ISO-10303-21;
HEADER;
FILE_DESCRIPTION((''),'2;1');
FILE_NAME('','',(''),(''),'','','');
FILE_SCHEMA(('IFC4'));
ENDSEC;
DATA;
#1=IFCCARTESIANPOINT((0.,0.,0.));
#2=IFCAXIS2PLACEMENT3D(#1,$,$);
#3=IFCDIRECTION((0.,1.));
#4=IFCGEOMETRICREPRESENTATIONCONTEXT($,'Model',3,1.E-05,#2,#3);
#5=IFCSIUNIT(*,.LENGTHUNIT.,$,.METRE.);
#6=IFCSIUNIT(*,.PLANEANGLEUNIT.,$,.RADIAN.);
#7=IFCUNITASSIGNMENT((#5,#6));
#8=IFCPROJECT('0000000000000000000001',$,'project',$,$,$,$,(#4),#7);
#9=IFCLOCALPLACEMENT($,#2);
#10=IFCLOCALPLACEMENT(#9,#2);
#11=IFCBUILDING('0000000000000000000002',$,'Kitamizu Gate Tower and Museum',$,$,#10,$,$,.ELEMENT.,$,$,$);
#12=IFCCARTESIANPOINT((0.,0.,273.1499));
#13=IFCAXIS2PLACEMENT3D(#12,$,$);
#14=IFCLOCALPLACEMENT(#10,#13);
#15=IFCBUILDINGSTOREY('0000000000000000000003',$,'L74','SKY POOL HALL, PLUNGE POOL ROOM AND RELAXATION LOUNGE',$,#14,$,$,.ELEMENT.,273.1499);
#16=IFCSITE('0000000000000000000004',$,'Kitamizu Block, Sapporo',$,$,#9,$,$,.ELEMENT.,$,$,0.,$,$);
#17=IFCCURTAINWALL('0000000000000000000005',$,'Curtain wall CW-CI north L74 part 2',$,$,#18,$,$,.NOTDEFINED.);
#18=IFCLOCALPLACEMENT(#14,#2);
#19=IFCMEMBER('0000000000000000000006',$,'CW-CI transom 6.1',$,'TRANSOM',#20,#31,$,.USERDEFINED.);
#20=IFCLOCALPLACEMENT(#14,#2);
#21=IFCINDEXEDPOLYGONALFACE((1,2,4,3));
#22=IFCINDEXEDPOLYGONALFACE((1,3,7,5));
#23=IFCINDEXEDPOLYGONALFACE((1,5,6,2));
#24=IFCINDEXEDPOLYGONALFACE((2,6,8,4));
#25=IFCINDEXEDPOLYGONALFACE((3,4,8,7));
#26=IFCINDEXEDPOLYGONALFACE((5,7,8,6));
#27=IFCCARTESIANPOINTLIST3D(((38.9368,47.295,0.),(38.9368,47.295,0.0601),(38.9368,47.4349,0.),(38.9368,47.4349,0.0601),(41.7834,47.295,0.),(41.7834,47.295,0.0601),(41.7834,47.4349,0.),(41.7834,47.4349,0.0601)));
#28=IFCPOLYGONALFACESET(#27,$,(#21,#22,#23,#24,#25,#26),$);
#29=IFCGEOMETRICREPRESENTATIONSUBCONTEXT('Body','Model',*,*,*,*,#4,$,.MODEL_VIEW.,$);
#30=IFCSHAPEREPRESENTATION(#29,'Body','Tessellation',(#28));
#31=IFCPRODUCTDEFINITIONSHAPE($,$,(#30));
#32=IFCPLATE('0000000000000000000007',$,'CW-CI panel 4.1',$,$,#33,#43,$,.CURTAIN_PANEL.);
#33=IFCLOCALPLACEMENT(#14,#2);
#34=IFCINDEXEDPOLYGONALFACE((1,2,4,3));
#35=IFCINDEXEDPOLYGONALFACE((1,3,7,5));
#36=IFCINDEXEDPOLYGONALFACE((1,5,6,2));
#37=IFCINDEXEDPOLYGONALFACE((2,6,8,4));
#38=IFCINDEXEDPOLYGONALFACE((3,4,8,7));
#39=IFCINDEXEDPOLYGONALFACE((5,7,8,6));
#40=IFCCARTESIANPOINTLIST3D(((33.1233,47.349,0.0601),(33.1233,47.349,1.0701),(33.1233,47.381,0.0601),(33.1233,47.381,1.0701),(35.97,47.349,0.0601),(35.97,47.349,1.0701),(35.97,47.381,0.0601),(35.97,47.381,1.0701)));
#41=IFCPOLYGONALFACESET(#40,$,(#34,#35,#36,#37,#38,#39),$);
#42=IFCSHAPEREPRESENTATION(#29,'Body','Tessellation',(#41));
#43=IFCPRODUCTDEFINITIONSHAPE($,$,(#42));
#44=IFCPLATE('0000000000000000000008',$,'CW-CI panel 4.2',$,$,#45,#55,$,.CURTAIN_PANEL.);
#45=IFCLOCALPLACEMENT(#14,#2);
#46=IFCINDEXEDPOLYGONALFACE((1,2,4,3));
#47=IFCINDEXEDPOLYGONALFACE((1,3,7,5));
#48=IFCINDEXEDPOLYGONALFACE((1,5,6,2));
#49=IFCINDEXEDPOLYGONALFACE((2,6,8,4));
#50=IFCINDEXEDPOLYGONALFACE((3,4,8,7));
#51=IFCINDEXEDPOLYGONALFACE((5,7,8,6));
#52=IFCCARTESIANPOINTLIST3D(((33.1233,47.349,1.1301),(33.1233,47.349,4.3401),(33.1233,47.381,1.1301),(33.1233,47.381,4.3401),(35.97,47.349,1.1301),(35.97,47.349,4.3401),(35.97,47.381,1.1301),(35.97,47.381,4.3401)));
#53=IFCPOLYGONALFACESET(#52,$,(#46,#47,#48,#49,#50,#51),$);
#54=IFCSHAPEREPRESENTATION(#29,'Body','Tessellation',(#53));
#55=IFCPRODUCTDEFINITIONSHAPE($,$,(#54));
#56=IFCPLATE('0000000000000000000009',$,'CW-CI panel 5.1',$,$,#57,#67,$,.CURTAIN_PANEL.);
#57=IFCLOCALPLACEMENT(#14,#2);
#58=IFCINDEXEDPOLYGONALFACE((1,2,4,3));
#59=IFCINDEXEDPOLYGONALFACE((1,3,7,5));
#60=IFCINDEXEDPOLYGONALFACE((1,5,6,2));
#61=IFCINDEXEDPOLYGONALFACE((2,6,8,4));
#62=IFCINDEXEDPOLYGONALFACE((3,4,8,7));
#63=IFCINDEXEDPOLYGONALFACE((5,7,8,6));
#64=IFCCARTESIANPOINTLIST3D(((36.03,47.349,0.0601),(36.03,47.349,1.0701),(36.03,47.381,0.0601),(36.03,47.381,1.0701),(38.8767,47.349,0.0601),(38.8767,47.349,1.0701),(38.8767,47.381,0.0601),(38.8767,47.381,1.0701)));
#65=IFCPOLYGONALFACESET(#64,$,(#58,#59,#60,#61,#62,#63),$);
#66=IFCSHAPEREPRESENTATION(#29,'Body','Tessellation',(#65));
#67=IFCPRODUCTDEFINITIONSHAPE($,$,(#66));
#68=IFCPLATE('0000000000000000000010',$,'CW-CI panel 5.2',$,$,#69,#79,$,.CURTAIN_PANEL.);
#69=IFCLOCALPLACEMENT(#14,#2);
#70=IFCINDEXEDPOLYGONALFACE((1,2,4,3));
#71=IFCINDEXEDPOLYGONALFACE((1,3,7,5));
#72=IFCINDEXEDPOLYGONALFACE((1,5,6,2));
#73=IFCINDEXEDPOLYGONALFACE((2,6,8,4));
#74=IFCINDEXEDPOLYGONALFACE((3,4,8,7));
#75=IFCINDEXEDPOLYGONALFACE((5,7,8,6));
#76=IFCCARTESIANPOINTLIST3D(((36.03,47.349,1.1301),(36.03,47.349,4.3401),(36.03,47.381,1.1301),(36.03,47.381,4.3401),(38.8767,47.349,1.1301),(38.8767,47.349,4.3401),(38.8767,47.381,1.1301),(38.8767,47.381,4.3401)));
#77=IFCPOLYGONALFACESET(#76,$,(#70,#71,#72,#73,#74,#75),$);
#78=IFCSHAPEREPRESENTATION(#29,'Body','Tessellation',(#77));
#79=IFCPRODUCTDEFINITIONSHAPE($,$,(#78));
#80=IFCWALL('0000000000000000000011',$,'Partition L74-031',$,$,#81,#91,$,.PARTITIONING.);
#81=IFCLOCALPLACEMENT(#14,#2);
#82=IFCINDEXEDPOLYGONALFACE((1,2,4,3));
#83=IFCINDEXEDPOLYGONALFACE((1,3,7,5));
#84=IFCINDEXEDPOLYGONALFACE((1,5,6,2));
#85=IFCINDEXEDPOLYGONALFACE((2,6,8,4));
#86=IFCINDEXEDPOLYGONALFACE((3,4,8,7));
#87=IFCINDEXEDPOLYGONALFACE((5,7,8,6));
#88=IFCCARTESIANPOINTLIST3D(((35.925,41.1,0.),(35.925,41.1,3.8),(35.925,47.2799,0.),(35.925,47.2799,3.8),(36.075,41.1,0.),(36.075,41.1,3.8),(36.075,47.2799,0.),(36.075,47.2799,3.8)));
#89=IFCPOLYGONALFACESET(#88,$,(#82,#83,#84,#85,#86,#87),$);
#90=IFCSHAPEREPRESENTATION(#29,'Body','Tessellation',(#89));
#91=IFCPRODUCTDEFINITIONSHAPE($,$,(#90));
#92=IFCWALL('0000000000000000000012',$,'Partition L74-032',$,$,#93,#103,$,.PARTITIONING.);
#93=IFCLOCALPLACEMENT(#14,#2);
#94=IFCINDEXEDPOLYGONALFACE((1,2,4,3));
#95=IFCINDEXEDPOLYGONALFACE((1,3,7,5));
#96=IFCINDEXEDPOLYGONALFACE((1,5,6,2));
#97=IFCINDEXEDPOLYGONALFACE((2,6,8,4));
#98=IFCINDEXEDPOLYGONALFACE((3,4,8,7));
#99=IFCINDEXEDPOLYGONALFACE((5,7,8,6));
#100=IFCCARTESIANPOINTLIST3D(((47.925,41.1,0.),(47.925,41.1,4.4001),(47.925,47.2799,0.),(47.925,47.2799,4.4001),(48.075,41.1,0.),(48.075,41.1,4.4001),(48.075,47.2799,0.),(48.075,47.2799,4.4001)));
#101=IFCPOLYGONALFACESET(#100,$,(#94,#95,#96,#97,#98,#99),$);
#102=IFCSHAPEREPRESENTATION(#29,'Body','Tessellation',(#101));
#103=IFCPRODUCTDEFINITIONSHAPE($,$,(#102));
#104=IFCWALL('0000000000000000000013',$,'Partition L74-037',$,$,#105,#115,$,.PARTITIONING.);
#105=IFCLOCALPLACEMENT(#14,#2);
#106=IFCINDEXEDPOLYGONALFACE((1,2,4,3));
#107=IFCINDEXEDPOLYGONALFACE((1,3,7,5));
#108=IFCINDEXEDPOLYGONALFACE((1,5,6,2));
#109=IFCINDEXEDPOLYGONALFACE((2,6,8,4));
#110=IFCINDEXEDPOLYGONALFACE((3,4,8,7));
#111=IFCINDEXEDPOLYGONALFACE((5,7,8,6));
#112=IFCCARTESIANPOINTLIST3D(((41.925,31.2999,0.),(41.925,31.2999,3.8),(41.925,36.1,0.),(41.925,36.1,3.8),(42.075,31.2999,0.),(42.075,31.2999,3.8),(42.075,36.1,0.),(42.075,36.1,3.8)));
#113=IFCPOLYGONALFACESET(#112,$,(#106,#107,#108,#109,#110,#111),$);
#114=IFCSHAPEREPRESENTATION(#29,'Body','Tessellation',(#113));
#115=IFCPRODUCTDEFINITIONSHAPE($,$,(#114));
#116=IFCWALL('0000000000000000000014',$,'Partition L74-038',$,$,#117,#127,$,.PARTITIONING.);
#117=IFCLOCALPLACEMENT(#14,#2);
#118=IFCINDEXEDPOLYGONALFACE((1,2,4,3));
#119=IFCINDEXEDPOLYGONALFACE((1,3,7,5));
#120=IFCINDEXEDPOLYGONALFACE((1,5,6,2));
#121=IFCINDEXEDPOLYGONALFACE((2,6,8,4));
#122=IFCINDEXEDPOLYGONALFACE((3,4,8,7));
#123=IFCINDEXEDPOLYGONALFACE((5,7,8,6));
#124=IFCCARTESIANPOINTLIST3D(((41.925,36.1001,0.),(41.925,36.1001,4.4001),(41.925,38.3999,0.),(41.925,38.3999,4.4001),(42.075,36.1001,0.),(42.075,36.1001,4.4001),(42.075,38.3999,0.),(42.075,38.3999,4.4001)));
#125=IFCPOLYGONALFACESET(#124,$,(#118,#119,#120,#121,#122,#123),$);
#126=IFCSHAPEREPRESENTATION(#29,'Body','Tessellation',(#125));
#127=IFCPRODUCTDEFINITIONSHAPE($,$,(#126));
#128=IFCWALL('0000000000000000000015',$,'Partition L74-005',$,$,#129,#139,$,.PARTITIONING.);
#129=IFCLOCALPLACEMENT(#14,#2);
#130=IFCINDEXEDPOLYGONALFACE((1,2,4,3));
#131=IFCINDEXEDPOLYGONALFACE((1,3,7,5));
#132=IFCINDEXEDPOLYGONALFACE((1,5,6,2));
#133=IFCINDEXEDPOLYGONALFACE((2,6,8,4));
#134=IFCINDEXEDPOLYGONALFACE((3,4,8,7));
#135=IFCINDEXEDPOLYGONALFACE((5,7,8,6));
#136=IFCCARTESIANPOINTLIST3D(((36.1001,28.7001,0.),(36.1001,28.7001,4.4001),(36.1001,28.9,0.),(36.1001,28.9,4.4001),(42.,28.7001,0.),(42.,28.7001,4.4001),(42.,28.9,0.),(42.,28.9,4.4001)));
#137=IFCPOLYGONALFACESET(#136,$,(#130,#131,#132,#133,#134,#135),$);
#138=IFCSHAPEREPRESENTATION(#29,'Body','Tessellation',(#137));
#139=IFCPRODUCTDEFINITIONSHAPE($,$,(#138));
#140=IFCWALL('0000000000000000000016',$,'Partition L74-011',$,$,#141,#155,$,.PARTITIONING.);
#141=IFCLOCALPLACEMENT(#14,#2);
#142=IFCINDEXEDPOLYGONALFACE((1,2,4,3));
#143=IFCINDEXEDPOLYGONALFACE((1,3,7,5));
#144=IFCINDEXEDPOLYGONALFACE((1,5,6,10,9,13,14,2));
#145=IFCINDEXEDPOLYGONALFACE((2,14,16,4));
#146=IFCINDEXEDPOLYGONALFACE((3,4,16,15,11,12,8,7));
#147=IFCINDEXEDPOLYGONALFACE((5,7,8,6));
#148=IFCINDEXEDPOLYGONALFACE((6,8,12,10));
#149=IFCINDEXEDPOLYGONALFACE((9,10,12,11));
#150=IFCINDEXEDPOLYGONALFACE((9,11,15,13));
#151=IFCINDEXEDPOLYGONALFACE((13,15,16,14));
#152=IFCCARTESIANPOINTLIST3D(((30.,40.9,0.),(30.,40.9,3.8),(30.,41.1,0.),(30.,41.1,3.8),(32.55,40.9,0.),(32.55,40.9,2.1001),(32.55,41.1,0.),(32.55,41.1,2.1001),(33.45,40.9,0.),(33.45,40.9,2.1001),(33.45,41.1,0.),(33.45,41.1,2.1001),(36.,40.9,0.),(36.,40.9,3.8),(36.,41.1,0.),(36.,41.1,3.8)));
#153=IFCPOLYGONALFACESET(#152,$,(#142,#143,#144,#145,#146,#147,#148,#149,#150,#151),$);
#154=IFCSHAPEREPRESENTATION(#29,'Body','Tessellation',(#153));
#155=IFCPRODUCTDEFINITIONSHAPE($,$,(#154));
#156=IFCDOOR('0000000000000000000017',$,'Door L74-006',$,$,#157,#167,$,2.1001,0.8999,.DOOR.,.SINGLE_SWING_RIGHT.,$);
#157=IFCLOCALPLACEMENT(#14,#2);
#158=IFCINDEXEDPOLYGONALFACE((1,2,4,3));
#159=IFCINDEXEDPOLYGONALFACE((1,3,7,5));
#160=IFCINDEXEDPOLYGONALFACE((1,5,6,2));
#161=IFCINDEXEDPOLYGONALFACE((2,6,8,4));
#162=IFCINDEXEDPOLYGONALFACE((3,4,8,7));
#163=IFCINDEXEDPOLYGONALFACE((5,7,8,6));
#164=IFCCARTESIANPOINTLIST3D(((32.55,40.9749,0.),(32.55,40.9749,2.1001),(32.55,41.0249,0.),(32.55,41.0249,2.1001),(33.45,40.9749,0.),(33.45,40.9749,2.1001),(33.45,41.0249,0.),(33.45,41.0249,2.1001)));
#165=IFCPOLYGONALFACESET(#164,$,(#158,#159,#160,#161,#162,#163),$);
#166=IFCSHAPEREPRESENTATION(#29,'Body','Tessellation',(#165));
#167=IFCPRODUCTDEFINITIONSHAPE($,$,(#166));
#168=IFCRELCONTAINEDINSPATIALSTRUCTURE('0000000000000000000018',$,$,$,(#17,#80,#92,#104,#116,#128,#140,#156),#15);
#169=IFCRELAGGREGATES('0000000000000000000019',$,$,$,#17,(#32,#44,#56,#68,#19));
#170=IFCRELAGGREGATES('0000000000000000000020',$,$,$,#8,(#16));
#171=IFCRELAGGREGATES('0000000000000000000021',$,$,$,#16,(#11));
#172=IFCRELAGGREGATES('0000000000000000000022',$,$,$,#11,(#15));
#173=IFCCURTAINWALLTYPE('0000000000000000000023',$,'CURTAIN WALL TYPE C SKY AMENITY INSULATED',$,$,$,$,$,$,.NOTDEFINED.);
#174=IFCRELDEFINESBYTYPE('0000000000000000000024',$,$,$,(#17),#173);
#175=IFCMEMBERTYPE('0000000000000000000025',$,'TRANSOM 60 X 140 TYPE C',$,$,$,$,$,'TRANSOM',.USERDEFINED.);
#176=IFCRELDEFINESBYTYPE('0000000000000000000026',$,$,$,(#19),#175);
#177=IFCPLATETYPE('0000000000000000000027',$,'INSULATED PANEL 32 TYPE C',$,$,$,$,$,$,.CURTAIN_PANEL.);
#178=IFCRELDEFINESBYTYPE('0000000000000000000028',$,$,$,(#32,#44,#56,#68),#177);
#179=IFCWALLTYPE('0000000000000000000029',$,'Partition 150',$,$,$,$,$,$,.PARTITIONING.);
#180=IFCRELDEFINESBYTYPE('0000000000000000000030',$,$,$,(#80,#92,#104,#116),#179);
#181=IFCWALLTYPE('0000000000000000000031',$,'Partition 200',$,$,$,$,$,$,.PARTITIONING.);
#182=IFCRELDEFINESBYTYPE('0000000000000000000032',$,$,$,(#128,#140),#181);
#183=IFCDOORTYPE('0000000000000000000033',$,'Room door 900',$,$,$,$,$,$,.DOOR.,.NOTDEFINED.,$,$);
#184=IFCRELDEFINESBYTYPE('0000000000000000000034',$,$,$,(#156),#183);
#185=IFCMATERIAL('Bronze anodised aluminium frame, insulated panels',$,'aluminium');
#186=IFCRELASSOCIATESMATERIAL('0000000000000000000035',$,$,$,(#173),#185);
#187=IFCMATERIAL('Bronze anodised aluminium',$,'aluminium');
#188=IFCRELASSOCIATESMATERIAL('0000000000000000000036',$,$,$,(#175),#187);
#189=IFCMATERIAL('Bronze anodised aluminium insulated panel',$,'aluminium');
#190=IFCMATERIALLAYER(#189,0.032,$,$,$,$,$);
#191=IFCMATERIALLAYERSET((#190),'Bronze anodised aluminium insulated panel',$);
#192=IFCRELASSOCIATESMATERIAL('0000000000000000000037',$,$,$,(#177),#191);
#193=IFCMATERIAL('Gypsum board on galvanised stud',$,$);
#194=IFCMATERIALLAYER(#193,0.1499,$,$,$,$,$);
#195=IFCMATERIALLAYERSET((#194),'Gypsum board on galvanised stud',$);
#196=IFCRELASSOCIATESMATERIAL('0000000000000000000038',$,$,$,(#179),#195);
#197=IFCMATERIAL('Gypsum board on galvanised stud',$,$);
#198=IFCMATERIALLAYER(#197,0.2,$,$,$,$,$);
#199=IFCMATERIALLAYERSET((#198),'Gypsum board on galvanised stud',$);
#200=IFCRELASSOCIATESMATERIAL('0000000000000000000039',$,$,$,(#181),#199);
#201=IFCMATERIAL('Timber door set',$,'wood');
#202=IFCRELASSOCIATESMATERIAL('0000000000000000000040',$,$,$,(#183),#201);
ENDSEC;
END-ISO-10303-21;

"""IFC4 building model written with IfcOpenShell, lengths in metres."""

from ifc_helpers import new_model, si_unit, direction, frame, frame_2d, origin, origin_2d, place, context, subcontext, project, spatial, rectangle, extrude, material, layer, layer_set, material_profile, profile_set, type_object, element, fill, aggregate, save


model = new_model("IFC4")

# Units and contexts
model_context = context("Model", 3, precision=1e-05, world=origin(), true_north=direction((0.0, 1.0)))
body_context = subcontext(model_context, "Body", "Model", "MODEL_VIEW")
ifc_project = project(units=[si_unit("LENGTHUNIT", "METRE"), si_unit("PLANEANGLEUNIT", "RADIAN")], contexts=[model_context])

# Site, building, storey
site_placement = place(None, origin())
site = spatial("IfcSite", under=ifc_project, at=site_placement, Name="Kitamizu Block, Sapporo", CompositionType="ELEMENT", RefElevation=0.0)
building_placement = place(site_placement, origin())
building = spatial("IfcBuilding", under=site, at=building_placement, Name="Kitamizu Gate Tower and Museum", CompositionType="ELEMENT")
storey_placement = place(building_placement, frame((0.0, 0.0, 273.1499)))
storey = spatial("IfcBuildingStorey", under=building, at=storey_placement, Name="L74", Description="SKY POOL HALL, PLUNGE POOL ROOM AND RELAXATION LOUNGE", CompositionType="ELEMENT", Elevation=273.1499)

# Curtain wall, member, plates
ifc_material_1 = material(Name="Bronze anodised aluminium frame, insulated panels", Category="aluminium")
curtain_wall_type = type_object("IfcCurtainWallType", Name="CURTAIN WALL TYPE C SKY AMENITY INSULATED", PredefinedType="NOTDEFINED", material=ifc_material_1)
curtain_wall_placement = place(storey_placement, origin())
curtain_wall = element("IfcCurtainWall", 1, at=curtain_wall_placement, inside=storey, type_object=curtain_wall_type, Name="Curtain wall CW-CI north L74 part 2", PredefinedType="NOTDEFINED")
ifc_material_2 = material(Name="Bronze anodised aluminium", Category="aluminium")
ifc_material_profile_1 = material_profile(ifc_material_2, rectangle(XDim=0.1399, YDim=0.0601, at=origin_2d()), Name="AL 60X140")
ifc_profile_set_1 = profile_set([ifc_material_profile_1], Name="Bronze anodised aluminium")
member_type_1 = type_object("IfcMemberType", Name="TRANSOM 60 X 140 TYPE C", ElementType="TRANSOM", PredefinedType="USERDEFINED", material=ifc_profile_set_1)
member_1_placement = place(storey_placement, frame((38.9368, 47.365, 0.03), z_axis=(1.0, 0.0, 0.0), x_axis=(0.0, 1.0, 0.0)))
member_1 = element("IfcMember", 2, at=member_1_placement, type_object=member_type_1, Name="CW-CI transom 6.1", ObjectType="TRANSOM", PredefinedType="USERDEFINED", context=body_context, shape_type="SweptSolid", body=[
    extrude(rectangle(XDim=0.1399, YDim=0.0601, at=origin_2d()), origin(), (0.0, 0.0, 1.0), 2.8467),
])
ifc_material_3 = material(Name="Bronze anodised aluminium insulated panel", Category="aluminium")
ifc_layer_1 = layer(ifc_material_3, 0.032)
ifc_layer_set_1 = layer_set([ifc_layer_1], Name="Bronze anodised aluminium insulated panel")
plate_type = type_object("IfcPlateType", Name="INSULATED PANEL 32 TYPE C", PredefinedType="CURTAIN_PANEL", material=ifc_layer_set_1)
plate_1_placement = place(storey_placement, frame((34.5466, 47.365, 0.0601), z_axis=(0.0, 0.0, 1.0), x_axis=(1.0, 0.0, 0.0)))
plate_1 = element("IfcPlate", 3, at=plate_1_placement, type_object=plate_type, Name="CW-CI panel 4.1", PredefinedType="CURTAIN_PANEL", context=body_context, shape_type="SweptSolid", body=[
    extrude(rectangle(XDim=2.8467, YDim=0.032, at=origin_2d()), origin(), (0.0, 0.0, 1.0), 1.01),
])
plate_2_placement = place(storey_placement, frame((34.5466, 47.365, 1.1301), z_axis=(0.0, 0.0, 1.0), x_axis=(1.0, 0.0, 0.0)))
plate_2 = element("IfcPlate", 4, at=plate_2_placement, type_object=plate_type, Name="CW-CI panel 4.2", PredefinedType="CURTAIN_PANEL", context=body_context, shape_type="SweptSolid", body=[
    extrude(rectangle(XDim=2.8467, YDim=0.032, at=origin_2d()), origin(), (0.0, 0.0, 1.0), 3.21),
])
plate_3_placement = place(storey_placement, frame((37.4534, 47.365, 0.0601), z_axis=(0.0, 0.0, 1.0), x_axis=(1.0, 0.0, 0.0)))
plate_3 = element("IfcPlate", 5, at=plate_3_placement, type_object=plate_type, Name="CW-CI panel 5.1", PredefinedType="CURTAIN_PANEL", context=body_context, shape_type="SweptSolid", body=[
    extrude(rectangle(XDim=2.8467, YDim=0.032, at=origin_2d()), origin(), (0.0, 0.0, 1.0), 1.01),
])
plate_4_placement = place(storey_placement, frame((37.4534, 47.365, 1.1301), z_axis=(0.0, 0.0, 1.0), x_axis=(1.0, 0.0, 0.0)))
plate_4 = element("IfcPlate", 6, at=plate_4_placement, type_object=plate_type, Name="CW-CI panel 5.2", PredefinedType="CURTAIN_PANEL", context=body_context, shape_type="SweptSolid", body=[
    extrude(rectangle(XDim=2.8467, YDim=0.032, at=origin_2d()), origin(), (0.0, 0.0, 1.0), 3.21),
])
aggregate(curtain_wall, [plate_1, plate_2, plate_3, plate_4, member_1])

# Walls
ifc_material_4 = material(Name="Gypsum board on galvanised stud")
ifc_layer_2 = layer(ifc_material_4, 0.1499)
ifc_layer_set_2 = layer_set([ifc_layer_2], Name="Gypsum board on galvanised stud")
wall_type_1 = type_object("IfcWallType", Name="Partition 150", PredefinedType="PARTITIONING", material=ifc_layer_set_2)
wall_1_placement = place(storey_placement, frame((36.0, 41.1001, 0.0), z_axis=(0.0, 0.0, 1.0), x_axis=(0.0, 1.0, 0.0)))
element("IfcWall", 7, at=wall_1_placement, inside=storey, type_object=wall_type_1, Name="Partition L74-031", PredefinedType="PARTITIONING", context=body_context, shape_type="SweptSolid", body=[
    extrude(rectangle(XDim=6.1799, YDim=0.1499, at=frame_2d((3.0898, 0.0))), origin(), (0.0, 0.0, 1.0), 3.8),
])
wall_2_placement = place(storey_placement, frame((48.0, 41.1001, 0.0), z_axis=(0.0, 0.0, 1.0), x_axis=(0.0, 1.0, 0.0)))
element("IfcWall", 8, at=wall_2_placement, inside=storey, type_object=wall_type_1, Name="Partition L74-032", PredefinedType="PARTITIONING", context=body_context, shape_type="SweptSolid", body=[
    extrude(rectangle(XDim=6.1799, YDim=0.1499, at=frame_2d((3.0898, 0.0))), origin(), (0.0, 0.0, 1.0), 4.4001),
])
wall_3_placement = place(storey_placement, frame((42.0, 31.3, 0.0), z_axis=(0.0, 0.0, 1.0), x_axis=(0.0, 1.0, 0.0)))
element("IfcWall", 9, at=wall_3_placement, inside=storey, type_object=wall_type_1, Name="Partition L74-037", PredefinedType="PARTITIONING", context=body_context, shape_type="SweptSolid", body=[
    extrude(rectangle(XDim=4.8, YDim=0.1499, at=frame_2d((2.3999, 0.0))), origin(), (0.0, 0.0, 1.0), 3.8),
])
wall_4_placement = place(storey_placement, frame((42.0, 36.1001, 0.0), z_axis=(0.0, 0.0, 1.0), x_axis=(0.0, 1.0, 0.0)))
element("IfcWall", 10, at=wall_4_placement, inside=storey, type_object=wall_type_1, Name="Partition L74-038", PredefinedType="PARTITIONING", context=body_context, shape_type="SweptSolid", body=[
    extrude(rectangle(XDim=2.2998, YDim=0.1499, at=frame_2d((1.1499, 0.0))), origin(), (0.0, 0.0, 1.0), 4.4001),
])
ifc_material_5 = material(Name="Gypsum board on galvanised stud")
ifc_layer_3 = layer(ifc_material_5, 0.2)
ifc_layer_set_3 = layer_set([ifc_layer_3], Name="Gypsum board on galvanised stud")
wall_type_2 = type_object("IfcWallType", Name="Partition 200", PredefinedType="PARTITIONING", material=ifc_layer_set_3)
wall_5_placement = place(storey_placement, frame((36.1001, 28.8, 0.0), z_axis=(0.0, 0.0, 1.0), x_axis=(1.0, 0.0, 0.0)))
element("IfcWall", 11, at=wall_5_placement, inside=storey, type_object=wall_type_2, Name="Partition L74-005", PredefinedType="PARTITIONING", context=body_context, shape_type="SweptSolid", body=[
    extrude(rectangle(XDim=5.8999, YDim=0.2, at=frame_2d((2.95, 0.0))), origin(), (0.0, 0.0, 1.0), 4.4001),
])

# Wall, opening, door
wall_6_placement = place(storey_placement, frame((36.0, 41.0, 0.0), z_axis=(0.0, 0.0, 1.0), x_axis=(-1.0, 0.0, 0.0)))
wall_6 = element("IfcWall", 12, at=wall_6_placement, inside=storey, type_object=wall_type_2, Name="Partition L74-011", PredefinedType="PARTITIONING", context=body_context, shape_type="SweptSolid", body=[
    extrude(rectangle(XDim=6.0, YDim=0.2, at=frame_2d((3.0, 0.0))), origin(), (0.0, 0.0, 1.0), 3.8),
])
opening_1_placement = place(wall_6_placement, frame((2.55, 0.0, 0.0)))
opening_1 = element("IfcOpeningElement", 13, at=opening_1_placement, cuts=wall_6, PredefinedType="OPENING", context=body_context, shape_type="SweptSolid", body=[
    extrude(rectangle(XDim=0.8999, YDim=2.1001, at=frame_2d((0.45, 1.05))), frame((0.0, 0.1099, 0.0), z_axis=(0.0, -1.0, 0.0), x_axis=(1.0, 0.0, 0.0)), (0.0, 0.0, 1.0), 0.22),
])
ifc_material_6 = material(Name="Timber door set", Category="wood")
door_type_1 = type_object("IfcDoorType", Name="Room door 900", OperationType="NOTDEFINED", PredefinedType="DOOR", material=ifc_material_6)
door_1_placement = place(opening_1_placement, frame((0.8999, 0.0, 0.0), x_axis=(-1.0, 0.0, 0.0)))
door_1 = element("IfcDoor", 14, at=door_1_placement, inside=storey, type_object=door_type_1, Name="Door L74-006", OperationType="SINGLE_SWING_RIGHT", OverallHeight=2.1001, OverallWidth=0.8999, PredefinedType="DOOR", context=body_context, shape_type="SweptSolid", body=[
    extrude(rectangle(XDim=0.8999, YDim=2.1001, at=frame_2d((0.45, 1.05))), frame((0.0, 0.0249, 0.0), z_axis=(0.0, -1.0, 0.0), x_axis=(1.0, 0.0, 0.0)), (0.0, 0.0, 1.0), 0.05),
])
fill(opening_1, door_1)

save(model, "model.ifc")
